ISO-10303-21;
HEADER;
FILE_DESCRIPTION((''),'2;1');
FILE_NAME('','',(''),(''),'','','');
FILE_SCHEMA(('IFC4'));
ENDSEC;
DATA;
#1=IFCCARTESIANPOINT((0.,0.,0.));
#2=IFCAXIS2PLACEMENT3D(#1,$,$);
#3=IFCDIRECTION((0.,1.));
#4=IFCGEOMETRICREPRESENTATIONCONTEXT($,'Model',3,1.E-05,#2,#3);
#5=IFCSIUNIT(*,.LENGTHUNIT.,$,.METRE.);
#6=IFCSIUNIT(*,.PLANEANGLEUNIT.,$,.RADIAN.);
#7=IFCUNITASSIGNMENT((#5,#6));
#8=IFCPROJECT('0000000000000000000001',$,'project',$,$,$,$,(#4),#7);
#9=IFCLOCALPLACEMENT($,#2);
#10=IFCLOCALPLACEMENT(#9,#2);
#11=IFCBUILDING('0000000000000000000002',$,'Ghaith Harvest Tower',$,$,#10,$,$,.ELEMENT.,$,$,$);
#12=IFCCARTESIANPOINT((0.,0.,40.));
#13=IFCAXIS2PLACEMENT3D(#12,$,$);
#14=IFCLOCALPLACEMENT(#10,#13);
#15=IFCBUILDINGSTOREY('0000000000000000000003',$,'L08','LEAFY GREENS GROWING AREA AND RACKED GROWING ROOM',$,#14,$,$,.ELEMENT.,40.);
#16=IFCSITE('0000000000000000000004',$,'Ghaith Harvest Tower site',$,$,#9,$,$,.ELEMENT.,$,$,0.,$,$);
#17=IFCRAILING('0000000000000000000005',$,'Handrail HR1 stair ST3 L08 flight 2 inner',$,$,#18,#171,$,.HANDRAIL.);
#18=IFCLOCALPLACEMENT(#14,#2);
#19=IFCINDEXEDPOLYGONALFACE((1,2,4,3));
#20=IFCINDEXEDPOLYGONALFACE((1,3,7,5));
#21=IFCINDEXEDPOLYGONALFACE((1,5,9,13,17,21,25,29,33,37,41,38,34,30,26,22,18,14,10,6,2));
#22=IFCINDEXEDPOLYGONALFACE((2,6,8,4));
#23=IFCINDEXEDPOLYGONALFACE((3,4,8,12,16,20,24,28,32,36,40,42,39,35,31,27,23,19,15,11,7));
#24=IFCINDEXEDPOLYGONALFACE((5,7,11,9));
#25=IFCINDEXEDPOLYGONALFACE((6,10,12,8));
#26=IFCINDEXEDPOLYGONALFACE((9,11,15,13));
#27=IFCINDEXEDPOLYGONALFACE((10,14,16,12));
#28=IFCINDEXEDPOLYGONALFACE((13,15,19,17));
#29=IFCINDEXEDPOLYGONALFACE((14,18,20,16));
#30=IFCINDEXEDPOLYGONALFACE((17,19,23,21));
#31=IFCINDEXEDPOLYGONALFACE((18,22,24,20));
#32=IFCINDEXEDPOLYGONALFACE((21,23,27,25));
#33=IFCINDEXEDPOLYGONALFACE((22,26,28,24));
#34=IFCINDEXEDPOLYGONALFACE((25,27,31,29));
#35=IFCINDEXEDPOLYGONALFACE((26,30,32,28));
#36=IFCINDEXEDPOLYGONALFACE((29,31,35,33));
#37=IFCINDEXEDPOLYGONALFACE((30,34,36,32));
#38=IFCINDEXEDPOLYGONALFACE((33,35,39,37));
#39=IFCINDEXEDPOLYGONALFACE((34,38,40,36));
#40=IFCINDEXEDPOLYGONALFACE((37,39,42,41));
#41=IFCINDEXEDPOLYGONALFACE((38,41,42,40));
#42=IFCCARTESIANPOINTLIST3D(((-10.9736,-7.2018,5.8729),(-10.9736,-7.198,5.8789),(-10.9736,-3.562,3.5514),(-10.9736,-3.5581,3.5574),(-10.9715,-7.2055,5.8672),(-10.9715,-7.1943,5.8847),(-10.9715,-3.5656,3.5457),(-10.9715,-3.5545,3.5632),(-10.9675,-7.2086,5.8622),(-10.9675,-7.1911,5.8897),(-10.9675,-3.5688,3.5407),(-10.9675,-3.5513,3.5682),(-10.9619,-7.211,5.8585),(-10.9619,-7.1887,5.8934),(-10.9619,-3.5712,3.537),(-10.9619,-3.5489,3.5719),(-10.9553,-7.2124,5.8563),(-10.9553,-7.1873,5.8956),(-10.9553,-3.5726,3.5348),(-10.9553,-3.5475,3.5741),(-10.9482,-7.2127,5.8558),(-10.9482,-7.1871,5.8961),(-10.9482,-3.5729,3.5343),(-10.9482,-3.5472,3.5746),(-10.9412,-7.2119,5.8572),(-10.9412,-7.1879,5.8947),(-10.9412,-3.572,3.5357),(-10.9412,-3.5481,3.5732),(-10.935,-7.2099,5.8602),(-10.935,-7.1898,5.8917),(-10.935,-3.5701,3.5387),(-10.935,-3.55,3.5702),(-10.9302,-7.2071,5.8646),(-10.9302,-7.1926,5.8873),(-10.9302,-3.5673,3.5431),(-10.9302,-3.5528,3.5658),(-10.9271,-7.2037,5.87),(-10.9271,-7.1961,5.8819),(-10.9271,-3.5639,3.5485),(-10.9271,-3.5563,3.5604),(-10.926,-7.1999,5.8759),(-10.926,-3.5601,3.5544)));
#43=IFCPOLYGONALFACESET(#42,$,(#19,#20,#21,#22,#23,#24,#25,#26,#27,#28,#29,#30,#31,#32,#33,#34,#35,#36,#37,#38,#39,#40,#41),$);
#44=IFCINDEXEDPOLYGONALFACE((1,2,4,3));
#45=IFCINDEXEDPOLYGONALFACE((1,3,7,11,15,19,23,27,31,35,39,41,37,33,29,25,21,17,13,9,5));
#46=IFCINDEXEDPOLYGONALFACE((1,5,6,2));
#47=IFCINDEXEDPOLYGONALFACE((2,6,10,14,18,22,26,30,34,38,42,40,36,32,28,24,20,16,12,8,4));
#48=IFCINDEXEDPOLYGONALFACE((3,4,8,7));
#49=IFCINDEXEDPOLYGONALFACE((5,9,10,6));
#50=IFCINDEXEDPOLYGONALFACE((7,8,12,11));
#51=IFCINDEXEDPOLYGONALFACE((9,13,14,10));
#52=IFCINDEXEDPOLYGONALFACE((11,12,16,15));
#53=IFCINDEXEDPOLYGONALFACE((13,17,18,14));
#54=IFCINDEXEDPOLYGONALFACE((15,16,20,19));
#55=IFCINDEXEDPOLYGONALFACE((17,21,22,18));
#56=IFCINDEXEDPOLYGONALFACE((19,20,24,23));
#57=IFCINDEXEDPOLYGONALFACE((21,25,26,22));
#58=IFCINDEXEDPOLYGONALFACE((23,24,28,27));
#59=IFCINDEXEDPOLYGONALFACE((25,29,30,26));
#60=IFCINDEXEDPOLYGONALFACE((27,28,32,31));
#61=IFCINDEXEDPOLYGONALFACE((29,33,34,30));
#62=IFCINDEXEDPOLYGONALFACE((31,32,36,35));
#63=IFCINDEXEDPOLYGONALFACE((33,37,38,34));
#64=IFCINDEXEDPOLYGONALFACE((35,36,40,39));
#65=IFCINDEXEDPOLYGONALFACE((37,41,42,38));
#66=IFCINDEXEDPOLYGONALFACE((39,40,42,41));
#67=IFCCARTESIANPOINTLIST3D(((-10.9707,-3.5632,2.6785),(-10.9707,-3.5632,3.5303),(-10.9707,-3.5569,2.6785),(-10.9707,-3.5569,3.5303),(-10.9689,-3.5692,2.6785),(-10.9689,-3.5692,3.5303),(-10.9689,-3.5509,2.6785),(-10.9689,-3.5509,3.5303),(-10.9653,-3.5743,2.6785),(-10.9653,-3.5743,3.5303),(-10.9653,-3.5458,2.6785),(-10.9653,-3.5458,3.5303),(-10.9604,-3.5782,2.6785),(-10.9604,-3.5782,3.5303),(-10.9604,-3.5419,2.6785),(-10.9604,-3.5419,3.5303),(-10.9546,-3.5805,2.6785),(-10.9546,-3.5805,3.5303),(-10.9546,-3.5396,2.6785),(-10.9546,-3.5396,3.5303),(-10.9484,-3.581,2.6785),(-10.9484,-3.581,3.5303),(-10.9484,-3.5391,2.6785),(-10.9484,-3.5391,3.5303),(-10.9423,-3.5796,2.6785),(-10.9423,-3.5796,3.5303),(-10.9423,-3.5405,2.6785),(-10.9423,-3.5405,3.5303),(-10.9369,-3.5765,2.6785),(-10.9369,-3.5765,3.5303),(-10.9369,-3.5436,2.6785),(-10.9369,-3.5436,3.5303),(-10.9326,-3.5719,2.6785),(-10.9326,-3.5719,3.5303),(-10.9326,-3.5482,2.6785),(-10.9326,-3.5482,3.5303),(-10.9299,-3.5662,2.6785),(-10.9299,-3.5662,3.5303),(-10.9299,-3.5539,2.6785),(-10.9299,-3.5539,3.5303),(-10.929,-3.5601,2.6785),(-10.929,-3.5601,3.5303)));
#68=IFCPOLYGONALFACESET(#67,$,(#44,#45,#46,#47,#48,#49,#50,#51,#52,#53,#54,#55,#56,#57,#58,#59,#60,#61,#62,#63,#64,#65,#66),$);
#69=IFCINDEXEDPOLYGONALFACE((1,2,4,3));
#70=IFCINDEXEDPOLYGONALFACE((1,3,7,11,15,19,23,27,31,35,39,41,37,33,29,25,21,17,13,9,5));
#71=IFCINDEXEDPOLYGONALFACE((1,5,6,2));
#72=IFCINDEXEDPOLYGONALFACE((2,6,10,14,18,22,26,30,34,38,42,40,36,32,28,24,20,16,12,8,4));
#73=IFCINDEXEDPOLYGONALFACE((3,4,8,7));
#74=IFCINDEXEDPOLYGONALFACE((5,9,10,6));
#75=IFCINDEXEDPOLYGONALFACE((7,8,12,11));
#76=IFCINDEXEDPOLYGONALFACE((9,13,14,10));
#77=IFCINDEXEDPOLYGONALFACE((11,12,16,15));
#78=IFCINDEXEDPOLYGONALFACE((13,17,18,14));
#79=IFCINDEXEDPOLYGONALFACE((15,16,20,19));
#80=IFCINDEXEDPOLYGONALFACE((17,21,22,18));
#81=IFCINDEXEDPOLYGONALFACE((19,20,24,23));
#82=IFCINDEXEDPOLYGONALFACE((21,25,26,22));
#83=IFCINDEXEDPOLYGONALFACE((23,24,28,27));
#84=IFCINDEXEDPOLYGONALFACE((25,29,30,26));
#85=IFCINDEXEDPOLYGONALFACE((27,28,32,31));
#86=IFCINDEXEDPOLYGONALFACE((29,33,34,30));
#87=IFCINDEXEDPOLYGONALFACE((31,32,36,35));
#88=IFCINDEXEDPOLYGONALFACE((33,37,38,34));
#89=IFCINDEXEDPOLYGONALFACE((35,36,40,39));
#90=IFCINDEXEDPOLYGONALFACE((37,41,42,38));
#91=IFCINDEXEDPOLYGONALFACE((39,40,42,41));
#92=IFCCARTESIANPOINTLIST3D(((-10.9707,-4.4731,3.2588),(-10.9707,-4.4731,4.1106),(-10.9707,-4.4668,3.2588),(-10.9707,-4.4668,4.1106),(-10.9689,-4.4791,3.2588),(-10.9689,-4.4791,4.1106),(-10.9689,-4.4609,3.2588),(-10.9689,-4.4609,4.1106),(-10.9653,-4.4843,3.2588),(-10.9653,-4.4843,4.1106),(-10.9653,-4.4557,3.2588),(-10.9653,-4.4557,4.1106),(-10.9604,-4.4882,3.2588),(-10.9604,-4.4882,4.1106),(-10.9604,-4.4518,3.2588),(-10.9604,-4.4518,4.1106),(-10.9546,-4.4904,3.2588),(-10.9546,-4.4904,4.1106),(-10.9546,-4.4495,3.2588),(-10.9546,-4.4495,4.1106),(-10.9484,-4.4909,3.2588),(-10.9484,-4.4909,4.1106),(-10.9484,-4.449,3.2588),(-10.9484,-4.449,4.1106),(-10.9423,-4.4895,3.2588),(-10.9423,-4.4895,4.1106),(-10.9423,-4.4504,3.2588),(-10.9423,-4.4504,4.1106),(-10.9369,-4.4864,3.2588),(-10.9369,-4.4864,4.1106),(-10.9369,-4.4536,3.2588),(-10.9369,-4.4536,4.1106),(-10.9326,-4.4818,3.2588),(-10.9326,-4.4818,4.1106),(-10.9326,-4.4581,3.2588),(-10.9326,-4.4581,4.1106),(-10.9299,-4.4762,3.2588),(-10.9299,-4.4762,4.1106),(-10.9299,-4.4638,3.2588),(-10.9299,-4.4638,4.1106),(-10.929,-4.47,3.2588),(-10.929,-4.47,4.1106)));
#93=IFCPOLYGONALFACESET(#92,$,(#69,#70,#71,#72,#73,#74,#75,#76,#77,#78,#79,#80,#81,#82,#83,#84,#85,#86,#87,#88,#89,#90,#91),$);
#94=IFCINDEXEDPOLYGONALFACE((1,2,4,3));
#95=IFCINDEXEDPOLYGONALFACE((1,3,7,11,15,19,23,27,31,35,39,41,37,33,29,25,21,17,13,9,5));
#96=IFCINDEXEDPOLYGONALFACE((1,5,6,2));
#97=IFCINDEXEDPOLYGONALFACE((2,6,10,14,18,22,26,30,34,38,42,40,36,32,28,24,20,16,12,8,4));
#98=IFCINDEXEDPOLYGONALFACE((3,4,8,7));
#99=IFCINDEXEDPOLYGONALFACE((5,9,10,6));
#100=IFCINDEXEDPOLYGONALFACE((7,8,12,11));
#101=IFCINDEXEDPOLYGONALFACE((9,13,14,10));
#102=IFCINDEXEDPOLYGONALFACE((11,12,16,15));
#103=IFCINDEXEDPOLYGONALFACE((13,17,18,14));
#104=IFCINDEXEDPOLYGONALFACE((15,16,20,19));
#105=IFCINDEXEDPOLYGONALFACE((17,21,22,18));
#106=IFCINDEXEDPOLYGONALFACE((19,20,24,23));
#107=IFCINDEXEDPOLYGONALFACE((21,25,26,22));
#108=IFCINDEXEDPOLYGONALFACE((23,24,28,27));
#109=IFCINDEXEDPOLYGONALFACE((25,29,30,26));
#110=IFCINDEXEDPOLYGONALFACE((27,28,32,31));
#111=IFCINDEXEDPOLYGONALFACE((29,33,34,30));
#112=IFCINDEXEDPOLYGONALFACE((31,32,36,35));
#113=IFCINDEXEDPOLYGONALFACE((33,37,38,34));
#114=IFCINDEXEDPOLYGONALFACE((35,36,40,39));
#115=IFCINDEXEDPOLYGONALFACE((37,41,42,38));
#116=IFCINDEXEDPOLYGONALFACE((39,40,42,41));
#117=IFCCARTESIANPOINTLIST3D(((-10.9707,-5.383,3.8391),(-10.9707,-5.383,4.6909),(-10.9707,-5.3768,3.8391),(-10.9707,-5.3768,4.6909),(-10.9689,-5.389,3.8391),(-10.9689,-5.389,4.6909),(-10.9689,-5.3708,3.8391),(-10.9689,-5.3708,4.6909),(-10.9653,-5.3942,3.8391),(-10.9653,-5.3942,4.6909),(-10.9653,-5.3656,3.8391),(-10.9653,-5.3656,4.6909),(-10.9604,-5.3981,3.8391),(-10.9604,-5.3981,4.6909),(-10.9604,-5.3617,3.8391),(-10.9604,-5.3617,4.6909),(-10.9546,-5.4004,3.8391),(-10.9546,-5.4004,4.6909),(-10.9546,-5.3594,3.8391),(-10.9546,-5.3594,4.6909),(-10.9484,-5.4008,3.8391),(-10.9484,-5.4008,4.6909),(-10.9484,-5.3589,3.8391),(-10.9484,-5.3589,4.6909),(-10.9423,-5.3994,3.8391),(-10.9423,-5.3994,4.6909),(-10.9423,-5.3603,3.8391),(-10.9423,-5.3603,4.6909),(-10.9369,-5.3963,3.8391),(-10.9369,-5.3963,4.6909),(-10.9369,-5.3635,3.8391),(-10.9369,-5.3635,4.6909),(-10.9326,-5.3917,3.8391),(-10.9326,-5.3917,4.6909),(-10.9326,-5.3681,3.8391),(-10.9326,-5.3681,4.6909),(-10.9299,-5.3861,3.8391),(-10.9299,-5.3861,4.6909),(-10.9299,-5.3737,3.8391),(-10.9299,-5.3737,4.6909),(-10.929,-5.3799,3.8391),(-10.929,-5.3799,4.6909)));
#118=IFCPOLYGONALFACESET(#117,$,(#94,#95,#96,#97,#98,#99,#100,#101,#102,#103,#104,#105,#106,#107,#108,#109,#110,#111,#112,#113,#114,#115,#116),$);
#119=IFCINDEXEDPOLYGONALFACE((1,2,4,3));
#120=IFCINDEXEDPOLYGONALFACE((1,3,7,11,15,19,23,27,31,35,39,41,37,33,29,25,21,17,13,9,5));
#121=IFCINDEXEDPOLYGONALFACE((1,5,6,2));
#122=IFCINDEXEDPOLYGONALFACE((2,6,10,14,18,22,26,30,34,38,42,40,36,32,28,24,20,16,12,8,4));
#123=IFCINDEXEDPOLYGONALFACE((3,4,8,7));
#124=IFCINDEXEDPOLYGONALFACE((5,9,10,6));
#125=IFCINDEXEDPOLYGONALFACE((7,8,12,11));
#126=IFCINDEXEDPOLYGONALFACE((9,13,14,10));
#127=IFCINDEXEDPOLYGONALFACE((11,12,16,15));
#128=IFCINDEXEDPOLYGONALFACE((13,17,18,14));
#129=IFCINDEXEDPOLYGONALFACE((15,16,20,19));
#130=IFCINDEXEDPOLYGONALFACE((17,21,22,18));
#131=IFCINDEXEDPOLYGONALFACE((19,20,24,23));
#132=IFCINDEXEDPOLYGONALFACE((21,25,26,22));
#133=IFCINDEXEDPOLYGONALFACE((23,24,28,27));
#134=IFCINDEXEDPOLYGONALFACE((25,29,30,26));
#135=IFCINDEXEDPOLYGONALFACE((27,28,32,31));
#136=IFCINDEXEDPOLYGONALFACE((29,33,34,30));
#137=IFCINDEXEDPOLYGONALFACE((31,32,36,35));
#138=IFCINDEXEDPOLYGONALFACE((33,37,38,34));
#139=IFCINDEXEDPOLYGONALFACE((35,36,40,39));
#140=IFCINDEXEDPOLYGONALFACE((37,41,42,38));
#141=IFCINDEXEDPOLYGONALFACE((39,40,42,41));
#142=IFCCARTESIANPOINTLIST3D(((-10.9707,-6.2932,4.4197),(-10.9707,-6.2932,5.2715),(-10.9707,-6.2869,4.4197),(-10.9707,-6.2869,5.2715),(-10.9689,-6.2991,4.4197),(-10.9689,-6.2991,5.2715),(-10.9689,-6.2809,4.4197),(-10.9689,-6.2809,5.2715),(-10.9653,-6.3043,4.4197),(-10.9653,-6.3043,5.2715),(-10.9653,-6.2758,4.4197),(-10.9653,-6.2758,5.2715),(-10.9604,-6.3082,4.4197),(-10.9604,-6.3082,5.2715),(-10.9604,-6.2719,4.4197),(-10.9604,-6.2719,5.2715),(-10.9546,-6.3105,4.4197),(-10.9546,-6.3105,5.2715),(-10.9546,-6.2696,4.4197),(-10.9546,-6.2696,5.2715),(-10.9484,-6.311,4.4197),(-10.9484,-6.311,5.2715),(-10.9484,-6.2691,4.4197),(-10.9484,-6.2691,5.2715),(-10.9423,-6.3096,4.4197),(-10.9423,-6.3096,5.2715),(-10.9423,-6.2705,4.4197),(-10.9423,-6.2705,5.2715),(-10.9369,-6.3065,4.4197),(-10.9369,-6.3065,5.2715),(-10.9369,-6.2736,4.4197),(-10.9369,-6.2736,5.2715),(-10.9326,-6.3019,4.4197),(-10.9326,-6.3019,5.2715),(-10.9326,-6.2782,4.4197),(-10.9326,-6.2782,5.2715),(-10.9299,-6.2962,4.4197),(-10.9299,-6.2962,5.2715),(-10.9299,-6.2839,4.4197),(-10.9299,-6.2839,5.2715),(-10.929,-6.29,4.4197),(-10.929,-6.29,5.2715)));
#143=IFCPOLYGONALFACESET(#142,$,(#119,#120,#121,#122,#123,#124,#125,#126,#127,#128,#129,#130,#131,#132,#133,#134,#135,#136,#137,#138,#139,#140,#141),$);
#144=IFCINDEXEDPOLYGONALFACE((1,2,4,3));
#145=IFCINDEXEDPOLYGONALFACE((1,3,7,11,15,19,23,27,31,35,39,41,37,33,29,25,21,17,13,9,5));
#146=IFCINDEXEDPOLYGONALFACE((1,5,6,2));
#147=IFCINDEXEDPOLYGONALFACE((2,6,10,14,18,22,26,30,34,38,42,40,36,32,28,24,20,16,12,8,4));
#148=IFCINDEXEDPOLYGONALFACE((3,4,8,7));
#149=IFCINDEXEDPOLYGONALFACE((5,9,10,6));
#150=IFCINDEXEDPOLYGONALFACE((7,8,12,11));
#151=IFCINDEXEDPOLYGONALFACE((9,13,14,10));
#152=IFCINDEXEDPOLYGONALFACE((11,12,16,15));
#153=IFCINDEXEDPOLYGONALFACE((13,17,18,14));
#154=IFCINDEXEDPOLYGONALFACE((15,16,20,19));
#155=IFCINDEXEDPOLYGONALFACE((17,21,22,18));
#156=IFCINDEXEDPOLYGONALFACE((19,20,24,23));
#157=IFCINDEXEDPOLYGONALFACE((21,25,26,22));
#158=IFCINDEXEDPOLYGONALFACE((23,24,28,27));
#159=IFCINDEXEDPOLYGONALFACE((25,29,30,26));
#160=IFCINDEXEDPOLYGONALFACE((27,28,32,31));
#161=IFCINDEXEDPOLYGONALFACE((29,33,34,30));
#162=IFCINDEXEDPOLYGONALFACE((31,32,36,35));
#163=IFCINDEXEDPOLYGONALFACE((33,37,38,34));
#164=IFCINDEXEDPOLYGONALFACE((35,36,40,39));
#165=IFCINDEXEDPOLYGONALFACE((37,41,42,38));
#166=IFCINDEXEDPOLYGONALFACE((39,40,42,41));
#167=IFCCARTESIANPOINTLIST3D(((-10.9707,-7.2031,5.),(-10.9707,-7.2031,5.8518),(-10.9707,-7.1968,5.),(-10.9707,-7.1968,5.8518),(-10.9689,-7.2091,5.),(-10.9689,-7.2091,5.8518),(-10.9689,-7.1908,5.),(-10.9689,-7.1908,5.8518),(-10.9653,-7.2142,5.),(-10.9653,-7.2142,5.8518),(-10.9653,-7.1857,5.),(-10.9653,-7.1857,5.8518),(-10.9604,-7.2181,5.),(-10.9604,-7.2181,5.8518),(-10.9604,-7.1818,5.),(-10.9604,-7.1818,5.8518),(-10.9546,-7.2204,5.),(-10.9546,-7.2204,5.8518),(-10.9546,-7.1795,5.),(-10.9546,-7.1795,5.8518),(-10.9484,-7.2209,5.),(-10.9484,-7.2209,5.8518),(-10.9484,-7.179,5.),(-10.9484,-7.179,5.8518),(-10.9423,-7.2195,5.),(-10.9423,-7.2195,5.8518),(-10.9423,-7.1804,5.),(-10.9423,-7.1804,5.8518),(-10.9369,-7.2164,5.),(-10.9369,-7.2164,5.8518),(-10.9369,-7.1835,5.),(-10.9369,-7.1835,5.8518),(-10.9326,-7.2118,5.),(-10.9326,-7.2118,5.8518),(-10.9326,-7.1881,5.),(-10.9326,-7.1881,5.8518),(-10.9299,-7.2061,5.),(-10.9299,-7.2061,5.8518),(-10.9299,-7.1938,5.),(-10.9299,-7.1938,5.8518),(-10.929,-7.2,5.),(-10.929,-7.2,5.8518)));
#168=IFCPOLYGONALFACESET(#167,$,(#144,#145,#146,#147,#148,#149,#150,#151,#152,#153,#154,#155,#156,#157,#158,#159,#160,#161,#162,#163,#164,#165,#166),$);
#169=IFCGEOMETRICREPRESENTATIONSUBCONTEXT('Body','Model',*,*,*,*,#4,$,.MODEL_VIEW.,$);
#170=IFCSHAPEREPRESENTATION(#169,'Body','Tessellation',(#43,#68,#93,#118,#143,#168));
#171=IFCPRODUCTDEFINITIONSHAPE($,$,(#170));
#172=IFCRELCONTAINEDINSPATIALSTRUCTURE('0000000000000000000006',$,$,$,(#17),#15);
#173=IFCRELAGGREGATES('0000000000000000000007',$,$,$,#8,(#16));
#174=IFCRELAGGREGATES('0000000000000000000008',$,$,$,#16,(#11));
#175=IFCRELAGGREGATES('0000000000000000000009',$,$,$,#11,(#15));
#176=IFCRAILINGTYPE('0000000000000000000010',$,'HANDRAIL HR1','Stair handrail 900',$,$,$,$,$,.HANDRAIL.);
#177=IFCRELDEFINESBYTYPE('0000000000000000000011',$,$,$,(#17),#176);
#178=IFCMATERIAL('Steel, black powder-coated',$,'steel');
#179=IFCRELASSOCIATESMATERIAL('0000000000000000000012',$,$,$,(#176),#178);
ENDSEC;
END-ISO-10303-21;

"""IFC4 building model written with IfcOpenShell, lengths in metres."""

from ifc_helpers import new_model, si_unit, direction, frame, origin, origin_2d, place, context, subcontext, project, spatial, circle, extrude, material, type_object, element, save


model = new_model("IFC4")

# Units and contexts
model_context = context("Model", 3, precision=1e-05, world=origin(), true_north=direction((0.0, 1.0)))
body_context = subcontext(model_context, "Body", "Model", "MODEL_VIEW")
ifc_project = project(units=[si_unit("LENGTHUNIT", "METRE"), si_unit("PLANEANGLEUNIT", "RADIAN")], contexts=[model_context])

# Site, building, storey
site_placement = place(None, origin())
site = spatial("IfcSite", under=ifc_project, at=site_placement, Name="Ghaith Harvest Tower site", CompositionType="ELEMENT", RefElevation=0.0)
building_placement = place(site_placement, origin())
building = spatial("IfcBuilding", under=site, at=building_placement, Name="Ghaith Harvest Tower", CompositionType="ELEMENT")
storey_placement = place(building_placement, frame((0.0, 0.0, 40.0)))
storey = spatial("IfcBuildingStorey", under=building, at=storey_placement, Name="L08", Description="LEAFY GREENS GROWING AREA AND RACKED GROWING ROOM", CompositionType="ELEMENT", Elevation=40.0)

# Railing
ifc_material_1 = material(Name="Steel, black powder-coated", Category="steel")
railing_type = type_object("IfcRailingType", Name="HANDRAIL HR1", Description="Stair handrail 900", PredefinedType="HANDRAIL", material=ifc_material_1)
railing_1_placement = place(storey_placement, frame((-10.95, -3.5601, 2.6785)))
element("IfcRailing", 1, at=railing_1_placement, inside=storey, type_object=railing_type, Name="Handrail HR1 stair ST3 L08 flight 2 inner", PredefinedType="HANDRAIL", context=body_context, shape_type="SweptSolid", body=[
    extrude(circle(Radius=0.0239, at=origin_2d()), frame((0.0, 0.0, 0.876), z_axis=(0.0, -0.843112, 0.537739), x_axis=(1.0, 0.0, 0.0)), (0.0, 0.0, 1.0), 4.3171),
    extrude(circle(Radius=0.021, at=origin_2d()), origin(), (0.0, 0.0, 1.0), 0.8518),
    extrude(circle(Radius=0.021, at=origin_2d()), frame((0.0, -0.9099, 0.5803)), (0.0, 0.0, 1.0), 0.8518),
    extrude(circle(Radius=0.021, at=origin_2d()), frame((0.0, -1.8198, 1.1606)), (0.0, 0.0, 1.0), 0.8518),
    extrude(circle(Radius=0.021, at=origin_2d()), frame((0.0, -2.73, 1.7412)), (0.0, 0.0, 1.0), 0.8518),
    extrude(circle(Radius=0.021, at=origin_2d()), frame((0.0, -3.6399, 2.3215)), (0.0, 0.0, 1.0), 0.8518),
])

save(model, "model.ifc")
